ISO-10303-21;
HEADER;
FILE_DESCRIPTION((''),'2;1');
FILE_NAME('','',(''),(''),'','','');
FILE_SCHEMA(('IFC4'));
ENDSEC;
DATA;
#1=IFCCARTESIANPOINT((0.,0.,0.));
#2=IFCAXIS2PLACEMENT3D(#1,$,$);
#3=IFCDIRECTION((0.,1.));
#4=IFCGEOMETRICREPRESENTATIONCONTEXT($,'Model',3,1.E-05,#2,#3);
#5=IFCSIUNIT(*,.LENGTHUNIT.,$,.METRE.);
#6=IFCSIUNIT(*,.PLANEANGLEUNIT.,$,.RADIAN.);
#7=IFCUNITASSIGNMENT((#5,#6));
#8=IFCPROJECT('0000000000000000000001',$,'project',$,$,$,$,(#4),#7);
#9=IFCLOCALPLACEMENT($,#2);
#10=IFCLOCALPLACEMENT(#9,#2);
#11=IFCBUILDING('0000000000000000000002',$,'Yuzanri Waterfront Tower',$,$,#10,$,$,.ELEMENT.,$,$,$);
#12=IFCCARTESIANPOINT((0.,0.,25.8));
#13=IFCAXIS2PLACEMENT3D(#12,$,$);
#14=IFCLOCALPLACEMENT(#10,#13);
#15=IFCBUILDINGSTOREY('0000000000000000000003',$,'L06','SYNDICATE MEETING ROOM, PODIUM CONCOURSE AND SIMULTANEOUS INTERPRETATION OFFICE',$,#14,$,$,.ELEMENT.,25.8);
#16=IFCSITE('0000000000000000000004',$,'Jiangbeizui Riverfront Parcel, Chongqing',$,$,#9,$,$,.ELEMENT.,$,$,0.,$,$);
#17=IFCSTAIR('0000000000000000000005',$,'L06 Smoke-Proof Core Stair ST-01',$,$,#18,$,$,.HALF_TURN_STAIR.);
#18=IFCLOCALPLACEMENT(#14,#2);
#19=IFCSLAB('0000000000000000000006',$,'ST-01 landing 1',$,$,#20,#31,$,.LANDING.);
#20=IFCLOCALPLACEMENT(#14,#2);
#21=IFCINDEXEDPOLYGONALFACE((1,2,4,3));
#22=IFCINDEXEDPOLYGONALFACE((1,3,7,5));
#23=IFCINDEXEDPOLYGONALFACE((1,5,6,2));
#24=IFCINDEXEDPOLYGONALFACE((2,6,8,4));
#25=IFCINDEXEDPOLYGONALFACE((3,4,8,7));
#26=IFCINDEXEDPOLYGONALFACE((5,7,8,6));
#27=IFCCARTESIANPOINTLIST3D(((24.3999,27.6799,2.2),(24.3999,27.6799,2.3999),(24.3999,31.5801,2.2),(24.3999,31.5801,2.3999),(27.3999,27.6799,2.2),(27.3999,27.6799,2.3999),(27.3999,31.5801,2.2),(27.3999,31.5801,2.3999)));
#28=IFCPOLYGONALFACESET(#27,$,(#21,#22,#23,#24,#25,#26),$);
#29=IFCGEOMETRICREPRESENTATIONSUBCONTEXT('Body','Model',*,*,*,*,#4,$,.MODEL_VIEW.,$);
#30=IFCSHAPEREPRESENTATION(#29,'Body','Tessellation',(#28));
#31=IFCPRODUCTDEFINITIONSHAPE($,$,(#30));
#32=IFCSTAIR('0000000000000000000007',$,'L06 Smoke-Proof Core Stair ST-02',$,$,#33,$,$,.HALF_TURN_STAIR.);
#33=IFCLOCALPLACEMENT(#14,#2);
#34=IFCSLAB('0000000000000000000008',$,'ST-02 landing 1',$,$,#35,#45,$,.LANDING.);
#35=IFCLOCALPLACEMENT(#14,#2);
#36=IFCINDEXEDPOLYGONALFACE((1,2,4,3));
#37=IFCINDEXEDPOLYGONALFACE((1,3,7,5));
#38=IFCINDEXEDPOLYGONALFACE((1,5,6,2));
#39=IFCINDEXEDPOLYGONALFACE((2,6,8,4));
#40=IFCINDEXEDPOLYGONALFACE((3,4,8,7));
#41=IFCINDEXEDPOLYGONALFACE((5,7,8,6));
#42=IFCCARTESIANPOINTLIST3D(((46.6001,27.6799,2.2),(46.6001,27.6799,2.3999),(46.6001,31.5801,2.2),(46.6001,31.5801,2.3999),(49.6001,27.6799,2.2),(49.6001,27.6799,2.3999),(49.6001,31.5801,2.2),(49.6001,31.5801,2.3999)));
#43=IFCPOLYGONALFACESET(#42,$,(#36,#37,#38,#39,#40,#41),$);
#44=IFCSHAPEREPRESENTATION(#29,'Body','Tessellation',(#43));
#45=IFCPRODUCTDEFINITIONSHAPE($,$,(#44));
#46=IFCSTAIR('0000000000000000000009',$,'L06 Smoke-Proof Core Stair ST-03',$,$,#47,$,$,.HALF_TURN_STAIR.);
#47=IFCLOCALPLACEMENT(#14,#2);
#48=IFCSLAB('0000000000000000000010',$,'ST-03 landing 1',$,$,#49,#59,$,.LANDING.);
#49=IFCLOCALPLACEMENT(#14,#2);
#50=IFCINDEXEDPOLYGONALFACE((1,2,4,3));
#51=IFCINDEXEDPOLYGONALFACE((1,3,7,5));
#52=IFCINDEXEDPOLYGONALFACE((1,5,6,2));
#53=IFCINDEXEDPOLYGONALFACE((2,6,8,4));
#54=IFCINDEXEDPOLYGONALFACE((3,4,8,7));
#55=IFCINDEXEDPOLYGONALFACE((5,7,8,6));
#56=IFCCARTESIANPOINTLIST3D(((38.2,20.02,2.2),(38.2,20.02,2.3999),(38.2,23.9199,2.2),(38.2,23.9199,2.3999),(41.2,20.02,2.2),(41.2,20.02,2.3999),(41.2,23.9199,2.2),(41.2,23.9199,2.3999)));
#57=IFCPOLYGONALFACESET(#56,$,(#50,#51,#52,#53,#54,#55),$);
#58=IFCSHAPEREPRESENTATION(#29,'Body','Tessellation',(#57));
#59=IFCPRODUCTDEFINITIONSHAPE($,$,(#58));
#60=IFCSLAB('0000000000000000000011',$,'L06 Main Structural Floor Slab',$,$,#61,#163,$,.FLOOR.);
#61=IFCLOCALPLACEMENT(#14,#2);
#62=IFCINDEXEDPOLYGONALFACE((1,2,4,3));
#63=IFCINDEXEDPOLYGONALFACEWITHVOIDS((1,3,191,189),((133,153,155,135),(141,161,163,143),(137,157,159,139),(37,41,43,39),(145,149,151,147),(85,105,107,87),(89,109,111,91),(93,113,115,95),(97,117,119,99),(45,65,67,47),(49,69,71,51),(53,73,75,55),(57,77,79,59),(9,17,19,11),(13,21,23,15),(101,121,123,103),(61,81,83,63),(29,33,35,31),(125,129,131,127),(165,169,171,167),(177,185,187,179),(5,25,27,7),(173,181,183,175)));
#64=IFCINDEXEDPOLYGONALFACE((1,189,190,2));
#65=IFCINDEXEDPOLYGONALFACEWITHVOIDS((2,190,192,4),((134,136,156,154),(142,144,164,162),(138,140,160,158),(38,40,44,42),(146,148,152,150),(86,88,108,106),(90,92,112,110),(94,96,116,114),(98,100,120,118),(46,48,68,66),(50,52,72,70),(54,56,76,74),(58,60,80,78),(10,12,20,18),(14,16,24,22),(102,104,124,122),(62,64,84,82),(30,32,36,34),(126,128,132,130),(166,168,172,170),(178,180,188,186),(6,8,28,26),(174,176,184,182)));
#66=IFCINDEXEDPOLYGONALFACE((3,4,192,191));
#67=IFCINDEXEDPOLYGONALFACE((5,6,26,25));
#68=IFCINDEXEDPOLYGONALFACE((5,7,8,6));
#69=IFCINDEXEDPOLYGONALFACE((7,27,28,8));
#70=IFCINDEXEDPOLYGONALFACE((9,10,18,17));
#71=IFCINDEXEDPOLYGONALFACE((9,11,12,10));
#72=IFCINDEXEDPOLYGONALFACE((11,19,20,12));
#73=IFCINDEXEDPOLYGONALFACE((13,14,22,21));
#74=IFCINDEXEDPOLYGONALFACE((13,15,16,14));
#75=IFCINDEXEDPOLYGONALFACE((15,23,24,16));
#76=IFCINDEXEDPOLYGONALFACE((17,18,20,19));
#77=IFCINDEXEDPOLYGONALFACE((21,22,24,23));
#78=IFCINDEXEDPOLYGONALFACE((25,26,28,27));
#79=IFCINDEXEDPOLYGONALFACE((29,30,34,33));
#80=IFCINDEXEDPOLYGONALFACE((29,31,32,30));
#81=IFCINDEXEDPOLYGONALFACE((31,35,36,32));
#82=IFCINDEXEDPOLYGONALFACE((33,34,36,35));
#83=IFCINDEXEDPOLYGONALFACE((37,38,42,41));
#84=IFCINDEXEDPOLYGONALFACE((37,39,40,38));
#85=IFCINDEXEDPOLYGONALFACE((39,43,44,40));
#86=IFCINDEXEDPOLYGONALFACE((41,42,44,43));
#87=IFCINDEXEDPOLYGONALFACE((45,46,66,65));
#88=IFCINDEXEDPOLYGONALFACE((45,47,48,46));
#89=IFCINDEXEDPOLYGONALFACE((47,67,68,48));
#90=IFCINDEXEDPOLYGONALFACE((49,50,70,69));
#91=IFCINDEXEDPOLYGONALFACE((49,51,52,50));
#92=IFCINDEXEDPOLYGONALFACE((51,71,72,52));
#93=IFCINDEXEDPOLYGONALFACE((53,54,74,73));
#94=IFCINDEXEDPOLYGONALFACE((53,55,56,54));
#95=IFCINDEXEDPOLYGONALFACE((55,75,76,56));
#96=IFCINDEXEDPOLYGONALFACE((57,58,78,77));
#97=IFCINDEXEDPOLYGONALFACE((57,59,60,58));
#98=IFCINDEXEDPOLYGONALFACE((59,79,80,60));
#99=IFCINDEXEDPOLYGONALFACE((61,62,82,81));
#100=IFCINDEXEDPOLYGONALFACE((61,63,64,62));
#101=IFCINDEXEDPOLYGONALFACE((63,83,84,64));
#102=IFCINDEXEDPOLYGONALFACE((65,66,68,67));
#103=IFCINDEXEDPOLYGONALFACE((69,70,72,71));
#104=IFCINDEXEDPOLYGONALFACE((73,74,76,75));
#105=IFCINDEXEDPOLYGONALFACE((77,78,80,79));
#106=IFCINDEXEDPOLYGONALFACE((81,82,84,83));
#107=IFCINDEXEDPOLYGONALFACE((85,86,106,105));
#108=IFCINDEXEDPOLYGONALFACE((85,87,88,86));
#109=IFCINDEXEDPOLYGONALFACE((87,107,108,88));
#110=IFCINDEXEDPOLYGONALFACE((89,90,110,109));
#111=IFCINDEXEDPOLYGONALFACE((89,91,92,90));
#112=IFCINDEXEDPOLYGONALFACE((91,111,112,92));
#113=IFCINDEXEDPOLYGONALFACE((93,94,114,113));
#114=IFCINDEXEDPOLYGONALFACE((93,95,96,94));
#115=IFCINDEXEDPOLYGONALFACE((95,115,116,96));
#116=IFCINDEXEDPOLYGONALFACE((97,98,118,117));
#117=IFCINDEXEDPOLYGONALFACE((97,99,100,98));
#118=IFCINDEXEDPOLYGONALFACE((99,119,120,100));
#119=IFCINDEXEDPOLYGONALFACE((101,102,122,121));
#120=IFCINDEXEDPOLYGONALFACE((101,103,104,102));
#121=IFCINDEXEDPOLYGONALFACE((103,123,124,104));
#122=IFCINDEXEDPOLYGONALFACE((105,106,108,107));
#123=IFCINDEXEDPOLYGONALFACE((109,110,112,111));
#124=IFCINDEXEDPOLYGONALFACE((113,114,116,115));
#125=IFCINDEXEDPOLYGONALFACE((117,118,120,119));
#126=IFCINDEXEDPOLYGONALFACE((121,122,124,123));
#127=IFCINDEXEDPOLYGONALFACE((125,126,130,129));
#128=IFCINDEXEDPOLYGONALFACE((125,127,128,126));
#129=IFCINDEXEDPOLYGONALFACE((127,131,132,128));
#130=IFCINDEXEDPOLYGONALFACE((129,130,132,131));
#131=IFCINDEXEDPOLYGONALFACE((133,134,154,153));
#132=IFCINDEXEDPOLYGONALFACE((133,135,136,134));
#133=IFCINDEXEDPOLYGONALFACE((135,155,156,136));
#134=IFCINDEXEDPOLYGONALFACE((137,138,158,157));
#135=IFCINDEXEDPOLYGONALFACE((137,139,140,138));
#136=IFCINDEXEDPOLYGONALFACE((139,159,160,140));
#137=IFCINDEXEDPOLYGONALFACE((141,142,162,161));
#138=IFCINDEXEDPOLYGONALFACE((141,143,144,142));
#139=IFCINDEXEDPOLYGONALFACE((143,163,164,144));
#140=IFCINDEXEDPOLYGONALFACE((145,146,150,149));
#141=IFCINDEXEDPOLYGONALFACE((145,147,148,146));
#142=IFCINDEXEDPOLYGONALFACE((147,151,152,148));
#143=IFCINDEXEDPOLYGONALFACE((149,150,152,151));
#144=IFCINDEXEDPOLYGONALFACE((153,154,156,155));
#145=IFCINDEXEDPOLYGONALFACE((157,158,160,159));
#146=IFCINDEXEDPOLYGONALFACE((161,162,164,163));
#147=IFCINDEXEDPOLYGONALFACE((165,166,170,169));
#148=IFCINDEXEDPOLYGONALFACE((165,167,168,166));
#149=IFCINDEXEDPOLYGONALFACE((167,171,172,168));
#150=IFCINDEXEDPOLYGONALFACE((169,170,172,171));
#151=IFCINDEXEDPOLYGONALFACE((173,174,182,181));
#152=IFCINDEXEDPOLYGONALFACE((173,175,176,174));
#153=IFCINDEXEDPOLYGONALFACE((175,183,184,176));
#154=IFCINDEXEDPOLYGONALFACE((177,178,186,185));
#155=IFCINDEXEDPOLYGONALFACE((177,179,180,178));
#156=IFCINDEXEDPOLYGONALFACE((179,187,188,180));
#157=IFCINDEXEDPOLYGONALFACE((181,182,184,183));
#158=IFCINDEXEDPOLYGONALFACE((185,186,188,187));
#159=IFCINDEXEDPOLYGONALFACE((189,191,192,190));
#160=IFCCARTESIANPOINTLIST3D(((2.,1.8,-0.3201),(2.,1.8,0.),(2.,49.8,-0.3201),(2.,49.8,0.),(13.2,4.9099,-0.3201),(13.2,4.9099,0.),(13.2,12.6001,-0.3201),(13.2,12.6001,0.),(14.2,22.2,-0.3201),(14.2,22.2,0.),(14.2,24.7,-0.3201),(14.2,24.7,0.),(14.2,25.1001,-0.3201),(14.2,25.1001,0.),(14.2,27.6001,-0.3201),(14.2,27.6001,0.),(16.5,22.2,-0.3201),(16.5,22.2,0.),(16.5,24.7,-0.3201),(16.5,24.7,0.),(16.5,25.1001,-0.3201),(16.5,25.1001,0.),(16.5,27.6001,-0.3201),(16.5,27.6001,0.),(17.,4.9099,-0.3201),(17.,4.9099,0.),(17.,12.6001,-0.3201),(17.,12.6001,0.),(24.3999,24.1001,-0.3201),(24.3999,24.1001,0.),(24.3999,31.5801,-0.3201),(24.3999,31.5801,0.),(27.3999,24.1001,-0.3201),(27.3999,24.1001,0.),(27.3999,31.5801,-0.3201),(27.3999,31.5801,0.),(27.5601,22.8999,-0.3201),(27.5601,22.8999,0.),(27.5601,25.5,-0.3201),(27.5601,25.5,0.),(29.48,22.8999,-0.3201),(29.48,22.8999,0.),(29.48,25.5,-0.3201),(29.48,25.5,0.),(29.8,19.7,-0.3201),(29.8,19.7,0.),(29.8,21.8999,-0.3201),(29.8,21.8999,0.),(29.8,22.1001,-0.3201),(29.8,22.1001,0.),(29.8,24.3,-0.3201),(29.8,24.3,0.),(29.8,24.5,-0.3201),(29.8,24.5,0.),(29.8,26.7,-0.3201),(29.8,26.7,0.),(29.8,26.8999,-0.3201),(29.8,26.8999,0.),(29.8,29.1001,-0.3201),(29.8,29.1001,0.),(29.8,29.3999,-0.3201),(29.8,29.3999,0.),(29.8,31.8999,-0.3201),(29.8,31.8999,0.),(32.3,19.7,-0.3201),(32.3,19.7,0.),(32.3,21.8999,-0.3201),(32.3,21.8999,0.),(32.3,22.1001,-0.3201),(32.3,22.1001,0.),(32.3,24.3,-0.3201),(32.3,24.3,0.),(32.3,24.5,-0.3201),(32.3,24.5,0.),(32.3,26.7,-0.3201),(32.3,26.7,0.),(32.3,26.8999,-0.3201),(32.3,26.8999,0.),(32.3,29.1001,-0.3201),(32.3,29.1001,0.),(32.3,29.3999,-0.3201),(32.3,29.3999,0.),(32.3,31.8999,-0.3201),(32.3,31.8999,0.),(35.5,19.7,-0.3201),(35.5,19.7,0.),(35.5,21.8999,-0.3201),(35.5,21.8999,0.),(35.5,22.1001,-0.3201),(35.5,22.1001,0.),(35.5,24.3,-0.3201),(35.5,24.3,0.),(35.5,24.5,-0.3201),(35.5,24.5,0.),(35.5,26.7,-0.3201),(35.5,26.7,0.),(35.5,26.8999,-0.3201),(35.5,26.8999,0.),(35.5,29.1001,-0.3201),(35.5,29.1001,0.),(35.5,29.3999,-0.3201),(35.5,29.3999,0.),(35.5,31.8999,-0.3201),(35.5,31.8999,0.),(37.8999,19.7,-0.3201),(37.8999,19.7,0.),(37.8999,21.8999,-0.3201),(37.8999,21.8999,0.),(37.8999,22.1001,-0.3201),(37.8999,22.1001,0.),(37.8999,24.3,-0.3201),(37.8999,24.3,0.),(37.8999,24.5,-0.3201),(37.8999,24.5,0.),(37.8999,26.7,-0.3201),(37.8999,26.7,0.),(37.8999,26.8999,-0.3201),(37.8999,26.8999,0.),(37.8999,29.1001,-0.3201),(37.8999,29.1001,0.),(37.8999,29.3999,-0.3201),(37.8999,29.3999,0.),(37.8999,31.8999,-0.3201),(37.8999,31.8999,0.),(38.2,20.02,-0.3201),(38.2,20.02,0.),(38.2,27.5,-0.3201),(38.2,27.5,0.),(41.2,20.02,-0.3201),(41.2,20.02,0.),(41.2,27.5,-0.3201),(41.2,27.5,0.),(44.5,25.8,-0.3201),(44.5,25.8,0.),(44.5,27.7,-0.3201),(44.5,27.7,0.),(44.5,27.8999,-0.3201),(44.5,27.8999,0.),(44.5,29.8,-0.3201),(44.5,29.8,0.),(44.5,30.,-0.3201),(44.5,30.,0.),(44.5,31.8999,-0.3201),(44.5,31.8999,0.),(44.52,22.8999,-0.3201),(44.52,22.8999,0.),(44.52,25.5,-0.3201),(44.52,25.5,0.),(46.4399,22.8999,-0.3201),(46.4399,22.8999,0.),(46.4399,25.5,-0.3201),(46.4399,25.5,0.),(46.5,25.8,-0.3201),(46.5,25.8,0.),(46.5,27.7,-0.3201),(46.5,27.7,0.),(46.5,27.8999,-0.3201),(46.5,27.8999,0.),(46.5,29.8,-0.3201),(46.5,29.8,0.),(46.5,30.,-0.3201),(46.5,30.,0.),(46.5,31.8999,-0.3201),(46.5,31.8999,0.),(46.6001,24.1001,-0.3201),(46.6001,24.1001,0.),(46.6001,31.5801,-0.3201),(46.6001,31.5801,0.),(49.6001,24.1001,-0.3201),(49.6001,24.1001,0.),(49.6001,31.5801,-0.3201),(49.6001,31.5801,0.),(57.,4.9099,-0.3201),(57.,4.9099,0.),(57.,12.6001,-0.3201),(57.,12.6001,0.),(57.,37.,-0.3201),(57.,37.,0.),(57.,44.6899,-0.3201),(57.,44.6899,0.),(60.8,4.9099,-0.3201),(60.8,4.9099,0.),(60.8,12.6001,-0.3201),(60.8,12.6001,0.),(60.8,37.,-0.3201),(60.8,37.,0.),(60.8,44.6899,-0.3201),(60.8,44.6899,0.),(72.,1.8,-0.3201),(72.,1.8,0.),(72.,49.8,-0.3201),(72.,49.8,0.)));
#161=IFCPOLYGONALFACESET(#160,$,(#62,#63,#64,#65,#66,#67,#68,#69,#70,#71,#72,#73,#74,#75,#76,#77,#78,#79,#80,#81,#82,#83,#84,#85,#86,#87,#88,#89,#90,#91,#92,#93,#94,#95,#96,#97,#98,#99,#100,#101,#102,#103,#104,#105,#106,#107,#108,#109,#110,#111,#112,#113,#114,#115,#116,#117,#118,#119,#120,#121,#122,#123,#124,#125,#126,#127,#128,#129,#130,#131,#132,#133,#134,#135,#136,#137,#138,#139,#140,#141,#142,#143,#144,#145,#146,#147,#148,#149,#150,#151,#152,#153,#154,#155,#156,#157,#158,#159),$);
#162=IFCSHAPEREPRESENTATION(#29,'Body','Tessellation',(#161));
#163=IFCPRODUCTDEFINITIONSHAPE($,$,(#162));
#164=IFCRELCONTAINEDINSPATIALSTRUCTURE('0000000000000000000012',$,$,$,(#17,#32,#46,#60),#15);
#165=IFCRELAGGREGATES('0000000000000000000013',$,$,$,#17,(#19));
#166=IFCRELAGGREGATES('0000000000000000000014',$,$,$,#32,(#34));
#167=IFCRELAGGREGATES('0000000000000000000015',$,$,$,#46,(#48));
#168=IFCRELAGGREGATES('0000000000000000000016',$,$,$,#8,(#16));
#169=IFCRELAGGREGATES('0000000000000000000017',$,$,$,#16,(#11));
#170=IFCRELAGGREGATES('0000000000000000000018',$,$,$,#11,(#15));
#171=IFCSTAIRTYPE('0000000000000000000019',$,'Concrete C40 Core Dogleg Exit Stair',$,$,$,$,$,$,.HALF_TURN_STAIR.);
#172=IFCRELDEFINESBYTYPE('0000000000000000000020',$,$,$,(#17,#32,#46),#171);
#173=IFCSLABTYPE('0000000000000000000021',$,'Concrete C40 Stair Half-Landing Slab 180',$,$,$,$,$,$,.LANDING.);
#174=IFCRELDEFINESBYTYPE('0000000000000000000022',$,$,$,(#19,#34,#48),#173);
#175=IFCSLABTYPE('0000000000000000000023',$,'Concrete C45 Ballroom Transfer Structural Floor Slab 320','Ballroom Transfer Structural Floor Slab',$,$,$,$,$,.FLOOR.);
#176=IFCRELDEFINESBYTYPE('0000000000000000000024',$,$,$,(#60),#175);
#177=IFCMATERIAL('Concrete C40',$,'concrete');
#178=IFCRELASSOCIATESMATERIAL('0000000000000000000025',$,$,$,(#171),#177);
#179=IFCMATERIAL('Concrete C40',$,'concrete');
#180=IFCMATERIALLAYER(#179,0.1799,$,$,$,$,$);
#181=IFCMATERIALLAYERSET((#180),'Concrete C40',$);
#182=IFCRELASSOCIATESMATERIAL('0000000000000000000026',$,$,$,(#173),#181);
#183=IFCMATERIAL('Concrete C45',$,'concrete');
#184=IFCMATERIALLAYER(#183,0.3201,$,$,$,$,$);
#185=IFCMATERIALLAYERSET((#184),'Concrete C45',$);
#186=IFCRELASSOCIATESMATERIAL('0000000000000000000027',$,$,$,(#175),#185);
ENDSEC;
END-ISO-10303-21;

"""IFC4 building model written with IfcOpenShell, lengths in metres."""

from ifc_helpers import new_model, si_unit, direction, frame, origin, place, context, subcontext, project, spatial, polyline, outline, extrude, material, layer, layer_set, type_object, element, aggregate, save


model = new_model("IFC4")

# Units and contexts
model_context = context("Model", 3, precision=1e-05, world=origin(), true_north=direction((0.0, 1.0)))
body_context = subcontext(model_context, "Body", "Model", "MODEL_VIEW")
ifc_project = project(units=[si_unit("LENGTHUNIT", "METRE"), si_unit("PLANEANGLEUNIT", "RADIAN")], contexts=[model_context])

# Site, building, storey
site_placement = place(None, origin())
site = spatial("IfcSite", under=ifc_project, at=site_placement, Name="Jiangbeizui Riverfront Parcel, Chongqing", CompositionType="ELEMENT", RefElevation=0.0)
building_placement = place(site_placement, origin())
building = spatial("IfcBuilding", under=site, at=building_placement, Name="Yuzanri Waterfront Tower", CompositionType="ELEMENT")
storey_placement = place(building_placement, frame((0.0, 0.0, 25.8)))
storey = spatial("IfcBuildingStorey", under=building, at=storey_placement, Name="L06", Description="SYNDICATE MEETING ROOM, PODIUM CONCOURSE AND SIMULTANEOUS INTERPRETATION OFFICE", CompositionType="ELEMENT", Elevation=25.8)

# Stairs, slabs
ifc_material_1 = material(Name="Concrete C40", Category="concrete")
stair_type = type_object("IfcStairType", Name="Concrete C40 Core Dogleg Exit Stair", PredefinedType="HALF_TURN_STAIR", material=ifc_material_1)
stair_1_placement = place(storey_placement, origin())
stair_1 = element("IfcStair", 1, at=stair_1_placement, inside=storey, type_object=stair_type, Name="L06 Smoke-Proof Core Stair ST-01", PredefinedType="HALF_TURN_STAIR")
ifc_material_2 = material(Name="Concrete C40", Category="concrete")
ifc_layer_1 = layer(ifc_material_2, 0.1799)
ifc_layer_set_1 = layer_set([ifc_layer_1], Name="Concrete C40")
slab_type_1 = type_object("IfcSlabType", Name="Concrete C40 Stair Half-Landing Slab 180", PredefinedType="LANDING", material=ifc_layer_set_1)
slab_1_placement = place(storey_placement, frame((0.0, 0.0, 2.2)))
slab_1 = element("IfcSlab", 2, at=slab_1_placement, type_object=slab_type_1, Name="ST-01 landing 1", PredefinedType="LANDING", context=body_context, shape_type="SweptSolid", body=[
    extrude(outline(polyline([(27.3999, 27.6799), (27.3999, 31.5801), (24.3999, 31.5801), (24.3999, 27.6799), (27.3999, 27.6799)])), origin(), (0.0, 0.0, 1.0), 0.2),
])
aggregate(stair_1, [slab_1])
stair_2_placement = place(storey_placement, origin())
stair_2 = element("IfcStair", 3, at=stair_2_placement, inside=storey, type_object=stair_type, Name="L06 Smoke-Proof Core Stair ST-02", PredefinedType="HALF_TURN_STAIR")
slab_2_placement = place(storey_placement, frame((0.0, 0.0, 2.2)))
slab_2 = element("IfcSlab", 4, at=slab_2_placement, type_object=slab_type_1, Name="ST-02 landing 1", PredefinedType="LANDING", context=body_context, shape_type="SweptSolid", body=[
    extrude(outline(polyline([(49.6001, 27.6799), (49.6001, 31.5801), (46.6001, 31.5801), (46.6001, 27.6799), (49.6001, 27.6799)])), origin(), (0.0, 0.0, 1.0), 0.2),
])
aggregate(stair_2, [slab_2])
stair_3_placement = place(storey_placement, origin())
stair_3 = element("IfcStair", 5, at=stair_3_placement, inside=storey, type_object=stair_type, Name="L06 Smoke-Proof Core Stair ST-03", PredefinedType="HALF_TURN_STAIR")
slab_3_placement = place(storey_placement, frame((0.0, 0.0, 2.2)))
slab_3 = element("IfcSlab", 6, at=slab_3_placement, type_object=slab_type_1, Name="ST-03 landing 1", PredefinedType="LANDING", context=body_context, shape_type="SweptSolid", body=[
    extrude(outline(polyline([(38.2, 23.9199), (38.2, 20.02), (41.2, 20.02), (41.2, 23.9199), (38.2, 23.9199)])), origin(), (0.0, 0.0, 1.0), 0.2),
])
aggregate(stair_3, [slab_3])

# Slab
ifc_material_3 = material(Name="Concrete C45", Category="concrete")
ifc_layer_2 = layer(ifc_material_3, 0.3201)
ifc_layer_set_2 = layer_set([ifc_layer_2], Name="Concrete C45")
slab_type_2 = type_object("IfcSlabType", Name="Concrete C45 Ballroom Transfer Structural Floor Slab 320", Description="Ballroom Transfer Structural Floor Slab", PredefinedType="FLOOR", material=ifc_layer_set_2)
slab_4_placement = place(storey_placement, frame((0.0, 0.0, -0.3201)))
element("IfcSlab", 7, at=slab_4_placement, inside=storey, type_object=slab_type_2, Name="L06 Main Structural Floor Slab", PredefinedType="FLOOR", context=body_context, shape_type="SweptSolid", body=[
    extrude(outline(polyline([(2.0, 1.8), (72.0, 1.8), (72.0, 49.8), (2.0, 49.8), (2.0, 1.8)]), holes=[polyline([(27.3999, 24.1001), (27.3999, 31.5801), (24.3999, 31.5801), (24.3999, 24.1001), (27.3999, 24.1001)]), polyline([(49.6001, 24.1001), (49.6001, 31.5801), (46.6001, 31.5801), (46.6001, 24.1001), (49.6001, 24.1001)]), polyline([(38.2, 27.5), (38.2, 20.02), (41.2, 20.02), (41.2, 27.5), (38.2, 27.5)]), polyline([(17.0, 4.9099), (17.0, 12.6001), (13.2, 12.6001), (13.2, 4.9099), (17.0, 4.9099)]), polyline([(60.8, 4.9099), (60.8, 12.6001), (57.0, 12.6001), (57.0, 4.9099), (60.8, 4.9099)]), polyline([(57.0, 44.6899), (57.0, 37.0), (60.8, 37.0), (60.8, 44.6899), (57.0, 44.6899)]), polyline([(27.5601, 22.8999), (29.48, 22.8999), (29.48, 25.5), (27.5601, 25.5), (27.5601, 22.8999)]), polyline([(44.52, 22.8999), (46.4399, 22.8999), (46.4399, 25.5), (44.52, 25.5), (44.52, 22.8999)]), polyline([(29.8, 19.7), (32.3, 19.7), (32.3, 21.8999), (29.8, 21.8999), (29.8, 19.7)]), polyline([(29.8, 22.1001), (32.3, 22.1001), (32.3, 24.3), (29.8, 24.3), (29.8, 22.1001)]), polyline([(29.8, 24.5), (32.3, 24.5), (32.3, 26.7), (29.8, 26.7), (29.8, 24.5)]), polyline([(29.8, 26.8999), (32.3, 26.8999), (32.3, 29.1001), (29.8, 29.1001), (29.8, 26.8999)]), polyline([(29.8, 29.3999), (32.3, 29.3999), (32.3, 31.8999), (29.8, 31.8999), (29.8, 29.3999)]), polyline([(35.5, 19.7), (37.8999, 19.7), (37.8999, 21.8999), (35.5, 21.8999), (35.5, 19.7)]), polyline([(35.5, 22.1001), (37.8999, 22.1001), (37.8999, 24.3), (35.5, 24.3), (35.5, 22.1001)]), polyline([(35.5, 24.5), (37.8999, 24.5), (37.8999, 26.7), (35.5, 26.7), (35.5, 24.5)]), polyline([(35.5, 26.8999), (37.8999, 26.8999), (37.8999, 29.1001), (35.5, 29.1001), (35.5, 26.8999)]), polyline([(35.5, 29.3999), (37.8999, 29.3999), (37.8999, 31.8999), (35.5, 31.8999), (35.5, 29.3999)]), polyline([(44.5, 25.8), (46.5, 25.8), (46.5, 27.7), (44.5, 27.7), (44.5, 25.8)]), polyline([(44.5, 27.8999), (46.5, 27.8999), (46.5, 29.8), (44.5, 29.8), (44.5, 27.8999)]), polyline([(44.5, 30.0), (46.5, 30.0), (46.5, 31.8999), (44.5, 31.8999), (44.5, 30.0)]), polyline([(14.2, 22.2), (16.5, 22.2), (16.5, 24.7), (14.2, 24.7), (14.2, 22.2)]), polyline([(14.2, 25.1001), (16.5, 25.1001), (16.5, 27.6001), (14.2, 27.6001), (14.2, 25.1001)])]), origin(), (0.0, 0.0, 1.0), 0.3201),
])

save(model, "model.ifc")
